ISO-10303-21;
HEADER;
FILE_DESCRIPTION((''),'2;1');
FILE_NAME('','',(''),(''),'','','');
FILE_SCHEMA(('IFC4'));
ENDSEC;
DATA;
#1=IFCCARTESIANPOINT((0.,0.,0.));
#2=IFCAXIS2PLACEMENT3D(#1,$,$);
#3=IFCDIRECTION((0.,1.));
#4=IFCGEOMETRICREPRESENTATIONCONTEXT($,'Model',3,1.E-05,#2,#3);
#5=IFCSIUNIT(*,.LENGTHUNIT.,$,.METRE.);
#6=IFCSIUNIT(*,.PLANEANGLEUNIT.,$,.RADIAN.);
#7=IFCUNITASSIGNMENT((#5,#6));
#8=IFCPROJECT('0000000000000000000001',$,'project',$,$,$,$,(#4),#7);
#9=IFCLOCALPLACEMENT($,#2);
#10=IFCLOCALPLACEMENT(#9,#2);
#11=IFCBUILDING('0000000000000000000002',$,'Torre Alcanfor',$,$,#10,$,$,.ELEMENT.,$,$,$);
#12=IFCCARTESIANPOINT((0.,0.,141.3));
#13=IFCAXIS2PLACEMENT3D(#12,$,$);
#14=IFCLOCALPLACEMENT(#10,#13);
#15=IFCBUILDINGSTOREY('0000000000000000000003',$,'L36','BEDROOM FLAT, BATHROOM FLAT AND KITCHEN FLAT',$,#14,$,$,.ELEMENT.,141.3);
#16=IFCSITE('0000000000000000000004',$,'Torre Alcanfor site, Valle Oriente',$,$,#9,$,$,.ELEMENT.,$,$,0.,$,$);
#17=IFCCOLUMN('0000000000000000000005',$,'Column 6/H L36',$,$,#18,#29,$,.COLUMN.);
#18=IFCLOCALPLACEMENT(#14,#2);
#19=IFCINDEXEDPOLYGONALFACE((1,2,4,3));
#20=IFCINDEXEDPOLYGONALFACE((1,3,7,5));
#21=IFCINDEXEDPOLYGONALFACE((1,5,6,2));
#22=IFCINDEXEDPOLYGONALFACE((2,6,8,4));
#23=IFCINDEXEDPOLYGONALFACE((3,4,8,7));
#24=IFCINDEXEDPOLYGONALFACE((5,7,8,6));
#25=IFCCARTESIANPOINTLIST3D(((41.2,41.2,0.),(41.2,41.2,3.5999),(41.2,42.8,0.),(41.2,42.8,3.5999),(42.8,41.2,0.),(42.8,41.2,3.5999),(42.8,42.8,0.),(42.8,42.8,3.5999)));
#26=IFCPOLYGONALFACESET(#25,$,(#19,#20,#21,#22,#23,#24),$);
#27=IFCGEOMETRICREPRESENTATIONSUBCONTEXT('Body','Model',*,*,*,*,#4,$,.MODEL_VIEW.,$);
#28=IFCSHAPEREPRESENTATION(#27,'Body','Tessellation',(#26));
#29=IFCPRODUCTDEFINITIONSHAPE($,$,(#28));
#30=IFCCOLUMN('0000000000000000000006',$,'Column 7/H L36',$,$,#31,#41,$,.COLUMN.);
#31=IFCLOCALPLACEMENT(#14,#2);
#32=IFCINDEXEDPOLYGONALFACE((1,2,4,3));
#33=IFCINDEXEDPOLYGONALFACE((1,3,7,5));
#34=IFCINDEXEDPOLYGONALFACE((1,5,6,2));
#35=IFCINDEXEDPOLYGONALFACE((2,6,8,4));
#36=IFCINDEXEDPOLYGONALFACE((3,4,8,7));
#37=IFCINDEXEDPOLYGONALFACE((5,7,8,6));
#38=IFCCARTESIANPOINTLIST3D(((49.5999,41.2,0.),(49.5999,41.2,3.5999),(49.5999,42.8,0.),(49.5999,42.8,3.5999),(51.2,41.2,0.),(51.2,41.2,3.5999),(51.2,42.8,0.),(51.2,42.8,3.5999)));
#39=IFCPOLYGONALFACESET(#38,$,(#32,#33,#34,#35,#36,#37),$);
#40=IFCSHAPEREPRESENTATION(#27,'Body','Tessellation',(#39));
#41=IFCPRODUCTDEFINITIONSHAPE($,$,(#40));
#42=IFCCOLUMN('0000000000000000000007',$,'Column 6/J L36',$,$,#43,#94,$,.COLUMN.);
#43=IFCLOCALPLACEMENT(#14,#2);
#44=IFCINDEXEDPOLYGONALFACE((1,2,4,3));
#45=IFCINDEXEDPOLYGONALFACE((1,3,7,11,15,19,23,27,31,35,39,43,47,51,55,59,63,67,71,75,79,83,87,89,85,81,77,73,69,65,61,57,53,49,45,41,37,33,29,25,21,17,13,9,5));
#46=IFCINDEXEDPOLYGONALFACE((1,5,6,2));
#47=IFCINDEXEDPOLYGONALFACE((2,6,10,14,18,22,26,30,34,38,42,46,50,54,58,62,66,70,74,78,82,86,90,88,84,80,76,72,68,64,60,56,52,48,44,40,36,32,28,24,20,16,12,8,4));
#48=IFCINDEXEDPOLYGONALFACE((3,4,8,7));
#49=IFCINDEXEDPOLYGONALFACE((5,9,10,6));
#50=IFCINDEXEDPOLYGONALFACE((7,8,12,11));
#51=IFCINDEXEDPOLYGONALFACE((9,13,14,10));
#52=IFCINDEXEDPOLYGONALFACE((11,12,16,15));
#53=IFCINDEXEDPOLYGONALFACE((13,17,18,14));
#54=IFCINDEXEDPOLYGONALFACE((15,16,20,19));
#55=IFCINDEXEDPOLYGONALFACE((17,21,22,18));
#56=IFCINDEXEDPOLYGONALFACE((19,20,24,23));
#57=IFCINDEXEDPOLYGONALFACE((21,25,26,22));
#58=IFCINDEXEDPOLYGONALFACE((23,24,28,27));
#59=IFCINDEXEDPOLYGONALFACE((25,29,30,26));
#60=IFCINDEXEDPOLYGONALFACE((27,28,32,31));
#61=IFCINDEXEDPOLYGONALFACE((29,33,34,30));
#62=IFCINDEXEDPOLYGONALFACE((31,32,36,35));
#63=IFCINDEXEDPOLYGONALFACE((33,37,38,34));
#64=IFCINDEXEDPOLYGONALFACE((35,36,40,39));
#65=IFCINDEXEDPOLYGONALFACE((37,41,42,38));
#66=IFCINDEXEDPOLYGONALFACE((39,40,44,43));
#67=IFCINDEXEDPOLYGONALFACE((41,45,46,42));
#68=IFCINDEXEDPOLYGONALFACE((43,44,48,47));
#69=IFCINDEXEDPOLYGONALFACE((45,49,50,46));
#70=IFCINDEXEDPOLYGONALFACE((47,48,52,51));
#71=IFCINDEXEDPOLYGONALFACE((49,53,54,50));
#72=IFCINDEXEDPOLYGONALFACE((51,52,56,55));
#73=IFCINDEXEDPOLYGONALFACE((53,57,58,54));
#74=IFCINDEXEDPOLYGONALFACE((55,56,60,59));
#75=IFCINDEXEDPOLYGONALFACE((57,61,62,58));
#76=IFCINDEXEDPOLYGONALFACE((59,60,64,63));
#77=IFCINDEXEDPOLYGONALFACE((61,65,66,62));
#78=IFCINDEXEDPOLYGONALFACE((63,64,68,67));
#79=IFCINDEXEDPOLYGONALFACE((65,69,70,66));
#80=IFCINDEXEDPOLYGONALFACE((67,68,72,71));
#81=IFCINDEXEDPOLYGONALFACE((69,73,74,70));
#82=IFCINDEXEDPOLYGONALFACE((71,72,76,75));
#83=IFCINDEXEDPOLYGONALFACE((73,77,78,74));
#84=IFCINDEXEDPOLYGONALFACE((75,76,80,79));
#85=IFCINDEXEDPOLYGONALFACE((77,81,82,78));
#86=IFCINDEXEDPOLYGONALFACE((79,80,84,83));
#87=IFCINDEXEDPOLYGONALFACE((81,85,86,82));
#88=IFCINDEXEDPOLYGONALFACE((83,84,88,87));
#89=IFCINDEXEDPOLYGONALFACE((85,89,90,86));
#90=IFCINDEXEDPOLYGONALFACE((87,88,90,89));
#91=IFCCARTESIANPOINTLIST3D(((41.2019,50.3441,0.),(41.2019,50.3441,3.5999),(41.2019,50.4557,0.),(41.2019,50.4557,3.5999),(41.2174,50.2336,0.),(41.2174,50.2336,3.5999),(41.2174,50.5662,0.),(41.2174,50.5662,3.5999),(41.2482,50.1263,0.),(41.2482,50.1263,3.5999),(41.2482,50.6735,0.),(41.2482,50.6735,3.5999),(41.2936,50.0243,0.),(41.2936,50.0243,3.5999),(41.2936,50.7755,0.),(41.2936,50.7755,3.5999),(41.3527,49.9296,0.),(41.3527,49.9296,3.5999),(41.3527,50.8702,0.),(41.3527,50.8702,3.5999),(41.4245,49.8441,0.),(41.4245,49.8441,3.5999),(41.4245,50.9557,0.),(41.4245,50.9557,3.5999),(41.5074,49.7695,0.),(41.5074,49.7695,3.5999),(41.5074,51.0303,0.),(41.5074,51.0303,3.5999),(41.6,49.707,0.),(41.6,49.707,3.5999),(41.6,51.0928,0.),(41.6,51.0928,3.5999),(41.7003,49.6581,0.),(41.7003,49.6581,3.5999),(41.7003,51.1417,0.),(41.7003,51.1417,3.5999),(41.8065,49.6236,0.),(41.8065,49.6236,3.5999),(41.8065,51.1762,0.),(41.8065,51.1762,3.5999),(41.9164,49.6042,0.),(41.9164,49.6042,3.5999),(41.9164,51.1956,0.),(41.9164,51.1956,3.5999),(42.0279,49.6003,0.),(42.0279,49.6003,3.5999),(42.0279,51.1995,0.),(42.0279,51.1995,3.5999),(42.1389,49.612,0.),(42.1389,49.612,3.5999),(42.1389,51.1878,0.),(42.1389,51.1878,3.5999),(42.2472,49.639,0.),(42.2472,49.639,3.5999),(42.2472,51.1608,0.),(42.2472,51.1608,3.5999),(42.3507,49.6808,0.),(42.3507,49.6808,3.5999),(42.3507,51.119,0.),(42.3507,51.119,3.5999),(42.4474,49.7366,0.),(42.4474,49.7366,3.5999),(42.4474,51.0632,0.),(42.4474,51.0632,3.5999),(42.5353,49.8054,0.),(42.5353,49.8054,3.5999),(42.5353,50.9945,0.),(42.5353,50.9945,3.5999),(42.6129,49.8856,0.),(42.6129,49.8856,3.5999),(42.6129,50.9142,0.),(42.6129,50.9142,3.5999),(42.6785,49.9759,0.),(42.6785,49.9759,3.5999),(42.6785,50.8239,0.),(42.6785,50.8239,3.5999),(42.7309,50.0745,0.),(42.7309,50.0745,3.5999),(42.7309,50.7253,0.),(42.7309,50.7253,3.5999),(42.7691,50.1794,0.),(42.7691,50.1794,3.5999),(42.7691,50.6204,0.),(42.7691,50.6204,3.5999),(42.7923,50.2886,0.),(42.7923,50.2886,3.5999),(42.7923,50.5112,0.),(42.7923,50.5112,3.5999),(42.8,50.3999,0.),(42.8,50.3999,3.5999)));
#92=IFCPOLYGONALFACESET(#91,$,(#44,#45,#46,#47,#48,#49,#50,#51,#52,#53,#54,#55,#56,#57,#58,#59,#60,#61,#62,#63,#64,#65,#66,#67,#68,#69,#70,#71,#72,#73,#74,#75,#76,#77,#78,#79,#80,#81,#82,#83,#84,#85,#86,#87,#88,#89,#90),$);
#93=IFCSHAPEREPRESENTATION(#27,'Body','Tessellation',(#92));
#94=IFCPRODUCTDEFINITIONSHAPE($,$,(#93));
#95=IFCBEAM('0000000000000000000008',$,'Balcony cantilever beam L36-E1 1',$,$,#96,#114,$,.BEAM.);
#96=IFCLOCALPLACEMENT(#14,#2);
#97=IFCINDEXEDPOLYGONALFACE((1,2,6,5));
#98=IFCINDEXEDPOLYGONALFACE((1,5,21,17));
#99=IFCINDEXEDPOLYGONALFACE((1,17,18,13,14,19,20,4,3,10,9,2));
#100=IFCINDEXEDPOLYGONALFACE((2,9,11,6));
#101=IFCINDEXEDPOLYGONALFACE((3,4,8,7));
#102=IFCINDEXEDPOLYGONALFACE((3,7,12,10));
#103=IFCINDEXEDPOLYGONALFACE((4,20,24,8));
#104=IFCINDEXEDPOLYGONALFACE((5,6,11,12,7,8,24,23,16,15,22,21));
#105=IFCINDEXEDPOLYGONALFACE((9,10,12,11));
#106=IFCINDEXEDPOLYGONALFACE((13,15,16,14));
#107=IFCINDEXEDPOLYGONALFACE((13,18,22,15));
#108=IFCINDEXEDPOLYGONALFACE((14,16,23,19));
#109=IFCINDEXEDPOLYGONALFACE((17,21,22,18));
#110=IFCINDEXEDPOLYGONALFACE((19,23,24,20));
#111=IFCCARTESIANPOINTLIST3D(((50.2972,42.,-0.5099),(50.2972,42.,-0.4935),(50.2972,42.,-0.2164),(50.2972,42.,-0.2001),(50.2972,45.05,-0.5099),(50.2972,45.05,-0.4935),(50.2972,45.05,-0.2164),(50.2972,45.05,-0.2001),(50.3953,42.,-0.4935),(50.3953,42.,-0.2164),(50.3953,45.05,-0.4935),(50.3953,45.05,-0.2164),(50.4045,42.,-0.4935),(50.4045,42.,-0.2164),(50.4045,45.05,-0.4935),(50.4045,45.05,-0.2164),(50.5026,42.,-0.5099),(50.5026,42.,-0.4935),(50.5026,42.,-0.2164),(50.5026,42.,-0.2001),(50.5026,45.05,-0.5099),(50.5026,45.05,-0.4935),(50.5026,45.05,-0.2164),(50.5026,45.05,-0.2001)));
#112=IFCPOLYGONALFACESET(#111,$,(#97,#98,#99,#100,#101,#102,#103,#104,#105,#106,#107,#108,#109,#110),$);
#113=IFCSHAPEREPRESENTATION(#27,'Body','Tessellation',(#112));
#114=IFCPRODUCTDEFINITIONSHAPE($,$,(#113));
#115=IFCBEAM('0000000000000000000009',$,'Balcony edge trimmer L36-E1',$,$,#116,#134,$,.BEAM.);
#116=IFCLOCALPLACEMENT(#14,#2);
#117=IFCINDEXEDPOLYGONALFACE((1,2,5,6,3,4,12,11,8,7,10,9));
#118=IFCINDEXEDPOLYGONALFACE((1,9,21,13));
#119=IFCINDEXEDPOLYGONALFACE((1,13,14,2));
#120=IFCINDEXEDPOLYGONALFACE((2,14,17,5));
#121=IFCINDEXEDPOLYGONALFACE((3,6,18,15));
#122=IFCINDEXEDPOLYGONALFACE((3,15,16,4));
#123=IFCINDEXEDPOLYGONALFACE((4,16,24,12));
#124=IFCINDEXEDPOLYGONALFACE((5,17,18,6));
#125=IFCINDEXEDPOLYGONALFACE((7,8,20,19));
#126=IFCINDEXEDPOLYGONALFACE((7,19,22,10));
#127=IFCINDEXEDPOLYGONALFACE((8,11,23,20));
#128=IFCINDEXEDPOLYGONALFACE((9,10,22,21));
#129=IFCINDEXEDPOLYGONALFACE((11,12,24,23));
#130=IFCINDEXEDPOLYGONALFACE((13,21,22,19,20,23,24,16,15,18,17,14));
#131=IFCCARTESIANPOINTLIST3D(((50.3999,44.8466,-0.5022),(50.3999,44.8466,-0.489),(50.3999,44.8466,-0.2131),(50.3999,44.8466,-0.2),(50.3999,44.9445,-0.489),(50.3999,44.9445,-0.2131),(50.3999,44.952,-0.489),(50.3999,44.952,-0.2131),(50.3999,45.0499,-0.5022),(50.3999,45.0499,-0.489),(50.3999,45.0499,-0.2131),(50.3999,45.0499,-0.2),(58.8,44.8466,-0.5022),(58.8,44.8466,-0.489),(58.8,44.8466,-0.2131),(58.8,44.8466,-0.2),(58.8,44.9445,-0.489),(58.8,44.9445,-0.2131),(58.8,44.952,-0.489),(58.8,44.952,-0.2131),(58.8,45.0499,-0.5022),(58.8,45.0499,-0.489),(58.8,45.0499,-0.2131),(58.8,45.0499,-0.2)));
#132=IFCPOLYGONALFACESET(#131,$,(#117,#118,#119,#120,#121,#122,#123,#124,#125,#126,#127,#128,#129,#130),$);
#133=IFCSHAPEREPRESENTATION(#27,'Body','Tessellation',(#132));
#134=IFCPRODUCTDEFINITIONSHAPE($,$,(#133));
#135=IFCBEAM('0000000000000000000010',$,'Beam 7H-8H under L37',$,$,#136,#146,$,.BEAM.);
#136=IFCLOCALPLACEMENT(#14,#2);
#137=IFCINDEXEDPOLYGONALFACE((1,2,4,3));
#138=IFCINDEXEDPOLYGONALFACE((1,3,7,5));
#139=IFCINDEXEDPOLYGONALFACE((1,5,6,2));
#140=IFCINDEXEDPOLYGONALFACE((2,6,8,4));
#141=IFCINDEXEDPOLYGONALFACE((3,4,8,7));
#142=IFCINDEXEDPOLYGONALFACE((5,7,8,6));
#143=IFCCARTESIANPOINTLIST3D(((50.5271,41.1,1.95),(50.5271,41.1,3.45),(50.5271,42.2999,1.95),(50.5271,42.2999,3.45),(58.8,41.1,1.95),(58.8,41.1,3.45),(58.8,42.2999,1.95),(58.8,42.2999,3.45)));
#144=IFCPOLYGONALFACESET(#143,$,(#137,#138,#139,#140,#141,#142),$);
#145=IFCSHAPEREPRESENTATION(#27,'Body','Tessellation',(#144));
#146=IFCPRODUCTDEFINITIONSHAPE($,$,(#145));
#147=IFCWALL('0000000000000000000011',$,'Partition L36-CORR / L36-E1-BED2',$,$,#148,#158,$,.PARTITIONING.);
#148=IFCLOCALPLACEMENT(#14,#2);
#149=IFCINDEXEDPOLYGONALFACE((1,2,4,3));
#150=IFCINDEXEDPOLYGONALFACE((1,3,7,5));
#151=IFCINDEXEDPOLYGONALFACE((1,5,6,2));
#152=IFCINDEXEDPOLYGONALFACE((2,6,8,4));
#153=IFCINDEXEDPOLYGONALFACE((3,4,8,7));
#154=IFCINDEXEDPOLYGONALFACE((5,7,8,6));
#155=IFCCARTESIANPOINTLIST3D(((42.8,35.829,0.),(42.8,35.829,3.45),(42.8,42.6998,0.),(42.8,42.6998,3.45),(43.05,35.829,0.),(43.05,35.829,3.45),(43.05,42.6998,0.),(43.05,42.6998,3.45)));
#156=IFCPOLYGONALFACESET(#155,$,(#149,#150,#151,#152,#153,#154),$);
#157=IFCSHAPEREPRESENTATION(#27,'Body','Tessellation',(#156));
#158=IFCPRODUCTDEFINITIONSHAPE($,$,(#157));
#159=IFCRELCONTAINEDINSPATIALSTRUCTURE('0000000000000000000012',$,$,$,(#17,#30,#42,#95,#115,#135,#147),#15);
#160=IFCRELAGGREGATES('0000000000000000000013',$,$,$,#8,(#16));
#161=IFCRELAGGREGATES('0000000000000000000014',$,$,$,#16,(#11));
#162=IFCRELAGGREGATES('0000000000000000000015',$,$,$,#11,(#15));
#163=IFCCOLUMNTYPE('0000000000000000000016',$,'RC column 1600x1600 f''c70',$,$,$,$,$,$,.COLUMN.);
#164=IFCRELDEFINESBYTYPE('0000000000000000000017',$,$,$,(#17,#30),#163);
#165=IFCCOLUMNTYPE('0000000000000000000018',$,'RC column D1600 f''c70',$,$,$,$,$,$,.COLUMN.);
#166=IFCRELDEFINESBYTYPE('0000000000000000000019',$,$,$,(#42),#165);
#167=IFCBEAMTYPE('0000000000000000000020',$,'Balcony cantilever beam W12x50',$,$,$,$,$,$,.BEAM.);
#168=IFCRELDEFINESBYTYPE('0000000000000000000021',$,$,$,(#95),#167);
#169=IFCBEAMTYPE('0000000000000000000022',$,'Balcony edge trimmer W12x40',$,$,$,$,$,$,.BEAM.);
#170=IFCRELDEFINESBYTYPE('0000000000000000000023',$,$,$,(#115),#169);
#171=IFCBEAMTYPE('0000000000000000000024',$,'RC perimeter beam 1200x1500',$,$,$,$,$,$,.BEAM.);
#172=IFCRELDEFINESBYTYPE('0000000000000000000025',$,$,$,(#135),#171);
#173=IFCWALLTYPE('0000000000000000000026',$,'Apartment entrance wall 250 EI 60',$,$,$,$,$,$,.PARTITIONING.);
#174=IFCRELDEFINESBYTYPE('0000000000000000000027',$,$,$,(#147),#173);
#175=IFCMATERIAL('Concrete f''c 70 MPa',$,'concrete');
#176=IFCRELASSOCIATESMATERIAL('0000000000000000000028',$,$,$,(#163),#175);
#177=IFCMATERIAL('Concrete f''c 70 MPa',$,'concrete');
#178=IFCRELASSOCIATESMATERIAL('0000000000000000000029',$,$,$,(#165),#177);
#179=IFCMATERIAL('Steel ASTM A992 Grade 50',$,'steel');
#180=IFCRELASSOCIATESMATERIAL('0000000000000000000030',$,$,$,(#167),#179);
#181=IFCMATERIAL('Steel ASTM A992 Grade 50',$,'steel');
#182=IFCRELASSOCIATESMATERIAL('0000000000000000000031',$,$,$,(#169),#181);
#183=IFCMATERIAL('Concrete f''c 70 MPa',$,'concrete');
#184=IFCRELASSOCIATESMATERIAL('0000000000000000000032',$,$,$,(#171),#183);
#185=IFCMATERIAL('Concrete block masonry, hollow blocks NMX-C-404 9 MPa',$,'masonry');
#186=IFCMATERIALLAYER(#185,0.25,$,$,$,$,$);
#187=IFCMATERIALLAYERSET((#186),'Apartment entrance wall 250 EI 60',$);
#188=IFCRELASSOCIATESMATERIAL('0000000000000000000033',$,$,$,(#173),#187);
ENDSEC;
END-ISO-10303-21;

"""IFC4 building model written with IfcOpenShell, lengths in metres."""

from ifc_helpers import new_model, si_unit, direction, frame, frame_2d, origin, origin_2d, place, context, subcontext, project, spatial, rectangle, circle, i_section, extrude, material, layer, layer_set, material_profile, profile_set, type_object, element, save


model = new_model("IFC4")

# Units and contexts
model_context = context("Model", 3, precision=1e-05, world=origin(), true_north=direction((0.0, 1.0)))
body_context = subcontext(model_context, "Body", "Model", "MODEL_VIEW")
ifc_project = project(units=[si_unit("LENGTHUNIT", "METRE"), si_unit("PLANEANGLEUNIT", "RADIAN")], contexts=[model_context])

# Site, building, storey
site_placement = place(None, origin())
site = spatial("IfcSite", under=ifc_project, at=site_placement, Name="Torre Alcanfor site, Valle Oriente", CompositionType="ELEMENT", RefElevation=0.0)
building_placement = place(site_placement, origin())
building = spatial("IfcBuilding", under=site, at=building_placement, Name="Torre Alcanfor", CompositionType="ELEMENT")
storey_placement = place(building_placement, frame((0.0, 0.0, 141.3)))
storey = spatial("IfcBuildingStorey", under=building, at=storey_placement, Name="L36", Description="BEDROOM FLAT, BATHROOM FLAT AND KITCHEN FLAT", CompositionType="ELEMENT", Elevation=141.3)

# Columns
ifc_material_1 = material(Name="Concrete f'c 70 MPa", Category="concrete")
ifc_material_profile_1 = material_profile(ifc_material_1, rectangle(XDim=1.6001, YDim=1.6001, at=origin_2d()), Name="1600x1600")
ifc_profile_set_1 = profile_set([ifc_material_profile_1], Name="Concrete f'c 70 MPa")
column_type_1 = type_object("IfcColumnType", Name="RC column 1600x1600 f'c70", PredefinedType="COLUMN", material=ifc_profile_set_1)
for number, where, z_axis, x_axis, name in (
    (1, (42.0, 42.0, 0.0), (0.0, 0.0, 1.0), (1.0, 0.0, 0.0), "Column 6/H L36"),
    (2, (50.3999, 42.0, 0.0), (0.0, 0.0, 1.0), (1.0, 0.0, 0.0), "Column 7/H L36"),
):
    element("IfcColumn", number, at=place(storey_placement, frame(where, z_axis=z_axis, x_axis=x_axis)), inside=storey, type_object=column_type_1, Name=name, PredefinedType="COLUMN", context=body_context, shape_type="SweptSolid", body=[
        extrude(rectangle(XDim=1.6001, YDim=1.6001, at=origin_2d()), origin(), (0.0, 0.0, 1.0), 3.5999),
    ])
ifc_material_2 = material(Name="Concrete f'c 70 MPa", Category="concrete")
ifc_material_profile_2 = material_profile(ifc_material_2, circle(Radius=0.8, at=origin_2d()), Name="D1600")
ifc_profile_set_2 = profile_set([ifc_material_profile_2], Name="Concrete f'c 70 MPa")
column_type_2 = type_object("IfcColumnType", Name="RC column D1600 f'c70", PredefinedType="COLUMN", material=ifc_profile_set_2)
column_placement = place(storey_placement, frame((42.0, 50.3999, 0.0), z_axis=(0.0, 0.0, 1.0), x_axis=(1.0, 0.0, 0.0)))
element("IfcColumn", 3, at=column_placement, inside=storey, type_object=column_type_2, Name="Column 6/J L36", PredefinedType="COLUMN", context=body_context, shape_type="SweptSolid", body=[
    extrude(circle(Radius=0.8, at=origin_2d()), origin(), (0.0, 0.0, 1.0), 3.5999),
])

# Beams
ifc_material_3 = material(Name="Steel ASTM A992 Grade 50", Category="steel")
ifc_material_profile_3 = material_profile(ifc_material_3, i_section(OverallWidth=0.2053, OverallDepth=0.3098, WebThickness=0.0093, FlangeThickness=0.0164, at=origin_2d()), Name="W12x50")
ifc_profile_set_3 = profile_set([ifc_material_profile_3], Name="Steel ASTM A992 Grade 50")
beam_type_1 = type_object("IfcBeamType", Name="Balcony cantilever beam W12x50", PredefinedType="BEAM", material=ifc_profile_set_3)
beam_1_placement = place(storey_placement, frame((50.3999, 42.0, -0.355), z_axis=(0.0, 1.0, 0.0), x_axis=(-1.0, 0.0, 0.0)))
element("IfcBeam", 4, at=beam_1_placement, inside=storey, type_object=beam_type_1, Name="Balcony cantilever beam L36-E1 1", PredefinedType="BEAM", context=body_context, shape_type="SweptSolid", body=[
    extrude(i_section(OverallWidth=0.2053, OverallDepth=0.3098, WebThickness=0.0093, FlangeThickness=0.0164, at=origin_2d()), origin(), (0.0, 0.0, 1.0), 3.05),
])
ifc_material_4 = material(Name="Steel ASTM A992 Grade 50", Category="steel")
ifc_material_profile_4 = material_profile(ifc_material_4, i_section(OverallWidth=0.2034, OverallDepth=0.3022, WebThickness=0.0076, FlangeThickness=0.0132, at=origin_2d()), Name="W12x40")
ifc_profile_set_4 = profile_set([ifc_material_profile_4], Name="Steel ASTM A992 Grade 50")
beam_type_2 = type_object("IfcBeamType", Name="Balcony edge trimmer W12x40", PredefinedType="BEAM", material=ifc_profile_set_4)
beam_2_placement = place(storey_placement, frame((50.3999, 44.9482, -0.3511), z_axis=(1.0, 0.0, 0.0), x_axis=(0.0, 1.0, 0.0)))
element("IfcBeam", 5, at=beam_2_placement, inside=storey, type_object=beam_type_2, Name="Balcony edge trimmer L36-E1", PredefinedType="BEAM", context=body_context, shape_type="SweptSolid", body=[
    extrude(i_section(OverallWidth=0.2034, OverallDepth=0.3022, WebThickness=0.0076, FlangeThickness=0.0132, at=origin_2d()), origin(), (0.0, 0.0, 1.0), 8.4001),
])
ifc_material_5 = material(Name="Concrete f'c 70 MPa", Category="concrete")
ifc_material_profile_5 = material_profile(ifc_material_5, rectangle(XDim=1.2, YDim=1.5, at=origin_2d()), Name="1200x1500")
ifc_profile_set_5 = profile_set([ifc_material_profile_5], Name="Concrete f'c 70 MPa")
beam_type_3 = type_object("IfcBeamType", Name="RC perimeter beam 1200x1500", PredefinedType="BEAM", material=ifc_profile_set_5)
beam_3_placement = place(storey_placement, frame((50.5271, 41.7, 2.7), z_axis=(1.0, 0.0, 0.0), x_axis=(0.0, 1.0, 0.0)))
element("IfcBeam", 6, at=beam_3_placement, inside=storey, type_object=beam_type_3, Name="Beam 7H-8H under L37", PredefinedType="BEAM", context=body_context, shape_type="SweptSolid", body=[
    extrude(rectangle(XDim=1.2, YDim=1.5, at=origin_2d()), origin(), (0.0, 0.0, 1.0), 8.2729),
])

# Wall
ifc_material_6 = material(Name="Concrete block masonry, hollow blocks NMX-C-404 9 MPa", Category="masonry")
ifc_layer_1 = layer(ifc_material_6, 0.25)
ifc_layer_set_1 = layer_set([ifc_layer_1], Name="Apartment entrance wall 250 EI 60")
wall_type_1 = type_object("IfcWallType", Name="Apartment entrance wall 250 EI 60", PredefinedType="PARTITIONING", material=ifc_layer_set_1)
wall_1_placement = place(storey_placement, frame((42.925, 42.7, 0.0), z_axis=(0.0, 0.0, 1.0), x_axis=(0.0, -1.0, 0.0)))
element("IfcWall", 7, at=wall_1_placement, inside=storey, type_object=wall_type_1, Name="Partition L36-CORR / L36-E1-BED2", PredefinedType="PARTITIONING", context=body_context, shape_type="SweptSolid", body=[
    extrude(rectangle(XDim=6.8708, YDim=0.25, at=frame_2d((3.4355, 0.0))), origin(), (0.0, 0.0, 1.0), 3.45),
])

save(model, "model.ifc")
